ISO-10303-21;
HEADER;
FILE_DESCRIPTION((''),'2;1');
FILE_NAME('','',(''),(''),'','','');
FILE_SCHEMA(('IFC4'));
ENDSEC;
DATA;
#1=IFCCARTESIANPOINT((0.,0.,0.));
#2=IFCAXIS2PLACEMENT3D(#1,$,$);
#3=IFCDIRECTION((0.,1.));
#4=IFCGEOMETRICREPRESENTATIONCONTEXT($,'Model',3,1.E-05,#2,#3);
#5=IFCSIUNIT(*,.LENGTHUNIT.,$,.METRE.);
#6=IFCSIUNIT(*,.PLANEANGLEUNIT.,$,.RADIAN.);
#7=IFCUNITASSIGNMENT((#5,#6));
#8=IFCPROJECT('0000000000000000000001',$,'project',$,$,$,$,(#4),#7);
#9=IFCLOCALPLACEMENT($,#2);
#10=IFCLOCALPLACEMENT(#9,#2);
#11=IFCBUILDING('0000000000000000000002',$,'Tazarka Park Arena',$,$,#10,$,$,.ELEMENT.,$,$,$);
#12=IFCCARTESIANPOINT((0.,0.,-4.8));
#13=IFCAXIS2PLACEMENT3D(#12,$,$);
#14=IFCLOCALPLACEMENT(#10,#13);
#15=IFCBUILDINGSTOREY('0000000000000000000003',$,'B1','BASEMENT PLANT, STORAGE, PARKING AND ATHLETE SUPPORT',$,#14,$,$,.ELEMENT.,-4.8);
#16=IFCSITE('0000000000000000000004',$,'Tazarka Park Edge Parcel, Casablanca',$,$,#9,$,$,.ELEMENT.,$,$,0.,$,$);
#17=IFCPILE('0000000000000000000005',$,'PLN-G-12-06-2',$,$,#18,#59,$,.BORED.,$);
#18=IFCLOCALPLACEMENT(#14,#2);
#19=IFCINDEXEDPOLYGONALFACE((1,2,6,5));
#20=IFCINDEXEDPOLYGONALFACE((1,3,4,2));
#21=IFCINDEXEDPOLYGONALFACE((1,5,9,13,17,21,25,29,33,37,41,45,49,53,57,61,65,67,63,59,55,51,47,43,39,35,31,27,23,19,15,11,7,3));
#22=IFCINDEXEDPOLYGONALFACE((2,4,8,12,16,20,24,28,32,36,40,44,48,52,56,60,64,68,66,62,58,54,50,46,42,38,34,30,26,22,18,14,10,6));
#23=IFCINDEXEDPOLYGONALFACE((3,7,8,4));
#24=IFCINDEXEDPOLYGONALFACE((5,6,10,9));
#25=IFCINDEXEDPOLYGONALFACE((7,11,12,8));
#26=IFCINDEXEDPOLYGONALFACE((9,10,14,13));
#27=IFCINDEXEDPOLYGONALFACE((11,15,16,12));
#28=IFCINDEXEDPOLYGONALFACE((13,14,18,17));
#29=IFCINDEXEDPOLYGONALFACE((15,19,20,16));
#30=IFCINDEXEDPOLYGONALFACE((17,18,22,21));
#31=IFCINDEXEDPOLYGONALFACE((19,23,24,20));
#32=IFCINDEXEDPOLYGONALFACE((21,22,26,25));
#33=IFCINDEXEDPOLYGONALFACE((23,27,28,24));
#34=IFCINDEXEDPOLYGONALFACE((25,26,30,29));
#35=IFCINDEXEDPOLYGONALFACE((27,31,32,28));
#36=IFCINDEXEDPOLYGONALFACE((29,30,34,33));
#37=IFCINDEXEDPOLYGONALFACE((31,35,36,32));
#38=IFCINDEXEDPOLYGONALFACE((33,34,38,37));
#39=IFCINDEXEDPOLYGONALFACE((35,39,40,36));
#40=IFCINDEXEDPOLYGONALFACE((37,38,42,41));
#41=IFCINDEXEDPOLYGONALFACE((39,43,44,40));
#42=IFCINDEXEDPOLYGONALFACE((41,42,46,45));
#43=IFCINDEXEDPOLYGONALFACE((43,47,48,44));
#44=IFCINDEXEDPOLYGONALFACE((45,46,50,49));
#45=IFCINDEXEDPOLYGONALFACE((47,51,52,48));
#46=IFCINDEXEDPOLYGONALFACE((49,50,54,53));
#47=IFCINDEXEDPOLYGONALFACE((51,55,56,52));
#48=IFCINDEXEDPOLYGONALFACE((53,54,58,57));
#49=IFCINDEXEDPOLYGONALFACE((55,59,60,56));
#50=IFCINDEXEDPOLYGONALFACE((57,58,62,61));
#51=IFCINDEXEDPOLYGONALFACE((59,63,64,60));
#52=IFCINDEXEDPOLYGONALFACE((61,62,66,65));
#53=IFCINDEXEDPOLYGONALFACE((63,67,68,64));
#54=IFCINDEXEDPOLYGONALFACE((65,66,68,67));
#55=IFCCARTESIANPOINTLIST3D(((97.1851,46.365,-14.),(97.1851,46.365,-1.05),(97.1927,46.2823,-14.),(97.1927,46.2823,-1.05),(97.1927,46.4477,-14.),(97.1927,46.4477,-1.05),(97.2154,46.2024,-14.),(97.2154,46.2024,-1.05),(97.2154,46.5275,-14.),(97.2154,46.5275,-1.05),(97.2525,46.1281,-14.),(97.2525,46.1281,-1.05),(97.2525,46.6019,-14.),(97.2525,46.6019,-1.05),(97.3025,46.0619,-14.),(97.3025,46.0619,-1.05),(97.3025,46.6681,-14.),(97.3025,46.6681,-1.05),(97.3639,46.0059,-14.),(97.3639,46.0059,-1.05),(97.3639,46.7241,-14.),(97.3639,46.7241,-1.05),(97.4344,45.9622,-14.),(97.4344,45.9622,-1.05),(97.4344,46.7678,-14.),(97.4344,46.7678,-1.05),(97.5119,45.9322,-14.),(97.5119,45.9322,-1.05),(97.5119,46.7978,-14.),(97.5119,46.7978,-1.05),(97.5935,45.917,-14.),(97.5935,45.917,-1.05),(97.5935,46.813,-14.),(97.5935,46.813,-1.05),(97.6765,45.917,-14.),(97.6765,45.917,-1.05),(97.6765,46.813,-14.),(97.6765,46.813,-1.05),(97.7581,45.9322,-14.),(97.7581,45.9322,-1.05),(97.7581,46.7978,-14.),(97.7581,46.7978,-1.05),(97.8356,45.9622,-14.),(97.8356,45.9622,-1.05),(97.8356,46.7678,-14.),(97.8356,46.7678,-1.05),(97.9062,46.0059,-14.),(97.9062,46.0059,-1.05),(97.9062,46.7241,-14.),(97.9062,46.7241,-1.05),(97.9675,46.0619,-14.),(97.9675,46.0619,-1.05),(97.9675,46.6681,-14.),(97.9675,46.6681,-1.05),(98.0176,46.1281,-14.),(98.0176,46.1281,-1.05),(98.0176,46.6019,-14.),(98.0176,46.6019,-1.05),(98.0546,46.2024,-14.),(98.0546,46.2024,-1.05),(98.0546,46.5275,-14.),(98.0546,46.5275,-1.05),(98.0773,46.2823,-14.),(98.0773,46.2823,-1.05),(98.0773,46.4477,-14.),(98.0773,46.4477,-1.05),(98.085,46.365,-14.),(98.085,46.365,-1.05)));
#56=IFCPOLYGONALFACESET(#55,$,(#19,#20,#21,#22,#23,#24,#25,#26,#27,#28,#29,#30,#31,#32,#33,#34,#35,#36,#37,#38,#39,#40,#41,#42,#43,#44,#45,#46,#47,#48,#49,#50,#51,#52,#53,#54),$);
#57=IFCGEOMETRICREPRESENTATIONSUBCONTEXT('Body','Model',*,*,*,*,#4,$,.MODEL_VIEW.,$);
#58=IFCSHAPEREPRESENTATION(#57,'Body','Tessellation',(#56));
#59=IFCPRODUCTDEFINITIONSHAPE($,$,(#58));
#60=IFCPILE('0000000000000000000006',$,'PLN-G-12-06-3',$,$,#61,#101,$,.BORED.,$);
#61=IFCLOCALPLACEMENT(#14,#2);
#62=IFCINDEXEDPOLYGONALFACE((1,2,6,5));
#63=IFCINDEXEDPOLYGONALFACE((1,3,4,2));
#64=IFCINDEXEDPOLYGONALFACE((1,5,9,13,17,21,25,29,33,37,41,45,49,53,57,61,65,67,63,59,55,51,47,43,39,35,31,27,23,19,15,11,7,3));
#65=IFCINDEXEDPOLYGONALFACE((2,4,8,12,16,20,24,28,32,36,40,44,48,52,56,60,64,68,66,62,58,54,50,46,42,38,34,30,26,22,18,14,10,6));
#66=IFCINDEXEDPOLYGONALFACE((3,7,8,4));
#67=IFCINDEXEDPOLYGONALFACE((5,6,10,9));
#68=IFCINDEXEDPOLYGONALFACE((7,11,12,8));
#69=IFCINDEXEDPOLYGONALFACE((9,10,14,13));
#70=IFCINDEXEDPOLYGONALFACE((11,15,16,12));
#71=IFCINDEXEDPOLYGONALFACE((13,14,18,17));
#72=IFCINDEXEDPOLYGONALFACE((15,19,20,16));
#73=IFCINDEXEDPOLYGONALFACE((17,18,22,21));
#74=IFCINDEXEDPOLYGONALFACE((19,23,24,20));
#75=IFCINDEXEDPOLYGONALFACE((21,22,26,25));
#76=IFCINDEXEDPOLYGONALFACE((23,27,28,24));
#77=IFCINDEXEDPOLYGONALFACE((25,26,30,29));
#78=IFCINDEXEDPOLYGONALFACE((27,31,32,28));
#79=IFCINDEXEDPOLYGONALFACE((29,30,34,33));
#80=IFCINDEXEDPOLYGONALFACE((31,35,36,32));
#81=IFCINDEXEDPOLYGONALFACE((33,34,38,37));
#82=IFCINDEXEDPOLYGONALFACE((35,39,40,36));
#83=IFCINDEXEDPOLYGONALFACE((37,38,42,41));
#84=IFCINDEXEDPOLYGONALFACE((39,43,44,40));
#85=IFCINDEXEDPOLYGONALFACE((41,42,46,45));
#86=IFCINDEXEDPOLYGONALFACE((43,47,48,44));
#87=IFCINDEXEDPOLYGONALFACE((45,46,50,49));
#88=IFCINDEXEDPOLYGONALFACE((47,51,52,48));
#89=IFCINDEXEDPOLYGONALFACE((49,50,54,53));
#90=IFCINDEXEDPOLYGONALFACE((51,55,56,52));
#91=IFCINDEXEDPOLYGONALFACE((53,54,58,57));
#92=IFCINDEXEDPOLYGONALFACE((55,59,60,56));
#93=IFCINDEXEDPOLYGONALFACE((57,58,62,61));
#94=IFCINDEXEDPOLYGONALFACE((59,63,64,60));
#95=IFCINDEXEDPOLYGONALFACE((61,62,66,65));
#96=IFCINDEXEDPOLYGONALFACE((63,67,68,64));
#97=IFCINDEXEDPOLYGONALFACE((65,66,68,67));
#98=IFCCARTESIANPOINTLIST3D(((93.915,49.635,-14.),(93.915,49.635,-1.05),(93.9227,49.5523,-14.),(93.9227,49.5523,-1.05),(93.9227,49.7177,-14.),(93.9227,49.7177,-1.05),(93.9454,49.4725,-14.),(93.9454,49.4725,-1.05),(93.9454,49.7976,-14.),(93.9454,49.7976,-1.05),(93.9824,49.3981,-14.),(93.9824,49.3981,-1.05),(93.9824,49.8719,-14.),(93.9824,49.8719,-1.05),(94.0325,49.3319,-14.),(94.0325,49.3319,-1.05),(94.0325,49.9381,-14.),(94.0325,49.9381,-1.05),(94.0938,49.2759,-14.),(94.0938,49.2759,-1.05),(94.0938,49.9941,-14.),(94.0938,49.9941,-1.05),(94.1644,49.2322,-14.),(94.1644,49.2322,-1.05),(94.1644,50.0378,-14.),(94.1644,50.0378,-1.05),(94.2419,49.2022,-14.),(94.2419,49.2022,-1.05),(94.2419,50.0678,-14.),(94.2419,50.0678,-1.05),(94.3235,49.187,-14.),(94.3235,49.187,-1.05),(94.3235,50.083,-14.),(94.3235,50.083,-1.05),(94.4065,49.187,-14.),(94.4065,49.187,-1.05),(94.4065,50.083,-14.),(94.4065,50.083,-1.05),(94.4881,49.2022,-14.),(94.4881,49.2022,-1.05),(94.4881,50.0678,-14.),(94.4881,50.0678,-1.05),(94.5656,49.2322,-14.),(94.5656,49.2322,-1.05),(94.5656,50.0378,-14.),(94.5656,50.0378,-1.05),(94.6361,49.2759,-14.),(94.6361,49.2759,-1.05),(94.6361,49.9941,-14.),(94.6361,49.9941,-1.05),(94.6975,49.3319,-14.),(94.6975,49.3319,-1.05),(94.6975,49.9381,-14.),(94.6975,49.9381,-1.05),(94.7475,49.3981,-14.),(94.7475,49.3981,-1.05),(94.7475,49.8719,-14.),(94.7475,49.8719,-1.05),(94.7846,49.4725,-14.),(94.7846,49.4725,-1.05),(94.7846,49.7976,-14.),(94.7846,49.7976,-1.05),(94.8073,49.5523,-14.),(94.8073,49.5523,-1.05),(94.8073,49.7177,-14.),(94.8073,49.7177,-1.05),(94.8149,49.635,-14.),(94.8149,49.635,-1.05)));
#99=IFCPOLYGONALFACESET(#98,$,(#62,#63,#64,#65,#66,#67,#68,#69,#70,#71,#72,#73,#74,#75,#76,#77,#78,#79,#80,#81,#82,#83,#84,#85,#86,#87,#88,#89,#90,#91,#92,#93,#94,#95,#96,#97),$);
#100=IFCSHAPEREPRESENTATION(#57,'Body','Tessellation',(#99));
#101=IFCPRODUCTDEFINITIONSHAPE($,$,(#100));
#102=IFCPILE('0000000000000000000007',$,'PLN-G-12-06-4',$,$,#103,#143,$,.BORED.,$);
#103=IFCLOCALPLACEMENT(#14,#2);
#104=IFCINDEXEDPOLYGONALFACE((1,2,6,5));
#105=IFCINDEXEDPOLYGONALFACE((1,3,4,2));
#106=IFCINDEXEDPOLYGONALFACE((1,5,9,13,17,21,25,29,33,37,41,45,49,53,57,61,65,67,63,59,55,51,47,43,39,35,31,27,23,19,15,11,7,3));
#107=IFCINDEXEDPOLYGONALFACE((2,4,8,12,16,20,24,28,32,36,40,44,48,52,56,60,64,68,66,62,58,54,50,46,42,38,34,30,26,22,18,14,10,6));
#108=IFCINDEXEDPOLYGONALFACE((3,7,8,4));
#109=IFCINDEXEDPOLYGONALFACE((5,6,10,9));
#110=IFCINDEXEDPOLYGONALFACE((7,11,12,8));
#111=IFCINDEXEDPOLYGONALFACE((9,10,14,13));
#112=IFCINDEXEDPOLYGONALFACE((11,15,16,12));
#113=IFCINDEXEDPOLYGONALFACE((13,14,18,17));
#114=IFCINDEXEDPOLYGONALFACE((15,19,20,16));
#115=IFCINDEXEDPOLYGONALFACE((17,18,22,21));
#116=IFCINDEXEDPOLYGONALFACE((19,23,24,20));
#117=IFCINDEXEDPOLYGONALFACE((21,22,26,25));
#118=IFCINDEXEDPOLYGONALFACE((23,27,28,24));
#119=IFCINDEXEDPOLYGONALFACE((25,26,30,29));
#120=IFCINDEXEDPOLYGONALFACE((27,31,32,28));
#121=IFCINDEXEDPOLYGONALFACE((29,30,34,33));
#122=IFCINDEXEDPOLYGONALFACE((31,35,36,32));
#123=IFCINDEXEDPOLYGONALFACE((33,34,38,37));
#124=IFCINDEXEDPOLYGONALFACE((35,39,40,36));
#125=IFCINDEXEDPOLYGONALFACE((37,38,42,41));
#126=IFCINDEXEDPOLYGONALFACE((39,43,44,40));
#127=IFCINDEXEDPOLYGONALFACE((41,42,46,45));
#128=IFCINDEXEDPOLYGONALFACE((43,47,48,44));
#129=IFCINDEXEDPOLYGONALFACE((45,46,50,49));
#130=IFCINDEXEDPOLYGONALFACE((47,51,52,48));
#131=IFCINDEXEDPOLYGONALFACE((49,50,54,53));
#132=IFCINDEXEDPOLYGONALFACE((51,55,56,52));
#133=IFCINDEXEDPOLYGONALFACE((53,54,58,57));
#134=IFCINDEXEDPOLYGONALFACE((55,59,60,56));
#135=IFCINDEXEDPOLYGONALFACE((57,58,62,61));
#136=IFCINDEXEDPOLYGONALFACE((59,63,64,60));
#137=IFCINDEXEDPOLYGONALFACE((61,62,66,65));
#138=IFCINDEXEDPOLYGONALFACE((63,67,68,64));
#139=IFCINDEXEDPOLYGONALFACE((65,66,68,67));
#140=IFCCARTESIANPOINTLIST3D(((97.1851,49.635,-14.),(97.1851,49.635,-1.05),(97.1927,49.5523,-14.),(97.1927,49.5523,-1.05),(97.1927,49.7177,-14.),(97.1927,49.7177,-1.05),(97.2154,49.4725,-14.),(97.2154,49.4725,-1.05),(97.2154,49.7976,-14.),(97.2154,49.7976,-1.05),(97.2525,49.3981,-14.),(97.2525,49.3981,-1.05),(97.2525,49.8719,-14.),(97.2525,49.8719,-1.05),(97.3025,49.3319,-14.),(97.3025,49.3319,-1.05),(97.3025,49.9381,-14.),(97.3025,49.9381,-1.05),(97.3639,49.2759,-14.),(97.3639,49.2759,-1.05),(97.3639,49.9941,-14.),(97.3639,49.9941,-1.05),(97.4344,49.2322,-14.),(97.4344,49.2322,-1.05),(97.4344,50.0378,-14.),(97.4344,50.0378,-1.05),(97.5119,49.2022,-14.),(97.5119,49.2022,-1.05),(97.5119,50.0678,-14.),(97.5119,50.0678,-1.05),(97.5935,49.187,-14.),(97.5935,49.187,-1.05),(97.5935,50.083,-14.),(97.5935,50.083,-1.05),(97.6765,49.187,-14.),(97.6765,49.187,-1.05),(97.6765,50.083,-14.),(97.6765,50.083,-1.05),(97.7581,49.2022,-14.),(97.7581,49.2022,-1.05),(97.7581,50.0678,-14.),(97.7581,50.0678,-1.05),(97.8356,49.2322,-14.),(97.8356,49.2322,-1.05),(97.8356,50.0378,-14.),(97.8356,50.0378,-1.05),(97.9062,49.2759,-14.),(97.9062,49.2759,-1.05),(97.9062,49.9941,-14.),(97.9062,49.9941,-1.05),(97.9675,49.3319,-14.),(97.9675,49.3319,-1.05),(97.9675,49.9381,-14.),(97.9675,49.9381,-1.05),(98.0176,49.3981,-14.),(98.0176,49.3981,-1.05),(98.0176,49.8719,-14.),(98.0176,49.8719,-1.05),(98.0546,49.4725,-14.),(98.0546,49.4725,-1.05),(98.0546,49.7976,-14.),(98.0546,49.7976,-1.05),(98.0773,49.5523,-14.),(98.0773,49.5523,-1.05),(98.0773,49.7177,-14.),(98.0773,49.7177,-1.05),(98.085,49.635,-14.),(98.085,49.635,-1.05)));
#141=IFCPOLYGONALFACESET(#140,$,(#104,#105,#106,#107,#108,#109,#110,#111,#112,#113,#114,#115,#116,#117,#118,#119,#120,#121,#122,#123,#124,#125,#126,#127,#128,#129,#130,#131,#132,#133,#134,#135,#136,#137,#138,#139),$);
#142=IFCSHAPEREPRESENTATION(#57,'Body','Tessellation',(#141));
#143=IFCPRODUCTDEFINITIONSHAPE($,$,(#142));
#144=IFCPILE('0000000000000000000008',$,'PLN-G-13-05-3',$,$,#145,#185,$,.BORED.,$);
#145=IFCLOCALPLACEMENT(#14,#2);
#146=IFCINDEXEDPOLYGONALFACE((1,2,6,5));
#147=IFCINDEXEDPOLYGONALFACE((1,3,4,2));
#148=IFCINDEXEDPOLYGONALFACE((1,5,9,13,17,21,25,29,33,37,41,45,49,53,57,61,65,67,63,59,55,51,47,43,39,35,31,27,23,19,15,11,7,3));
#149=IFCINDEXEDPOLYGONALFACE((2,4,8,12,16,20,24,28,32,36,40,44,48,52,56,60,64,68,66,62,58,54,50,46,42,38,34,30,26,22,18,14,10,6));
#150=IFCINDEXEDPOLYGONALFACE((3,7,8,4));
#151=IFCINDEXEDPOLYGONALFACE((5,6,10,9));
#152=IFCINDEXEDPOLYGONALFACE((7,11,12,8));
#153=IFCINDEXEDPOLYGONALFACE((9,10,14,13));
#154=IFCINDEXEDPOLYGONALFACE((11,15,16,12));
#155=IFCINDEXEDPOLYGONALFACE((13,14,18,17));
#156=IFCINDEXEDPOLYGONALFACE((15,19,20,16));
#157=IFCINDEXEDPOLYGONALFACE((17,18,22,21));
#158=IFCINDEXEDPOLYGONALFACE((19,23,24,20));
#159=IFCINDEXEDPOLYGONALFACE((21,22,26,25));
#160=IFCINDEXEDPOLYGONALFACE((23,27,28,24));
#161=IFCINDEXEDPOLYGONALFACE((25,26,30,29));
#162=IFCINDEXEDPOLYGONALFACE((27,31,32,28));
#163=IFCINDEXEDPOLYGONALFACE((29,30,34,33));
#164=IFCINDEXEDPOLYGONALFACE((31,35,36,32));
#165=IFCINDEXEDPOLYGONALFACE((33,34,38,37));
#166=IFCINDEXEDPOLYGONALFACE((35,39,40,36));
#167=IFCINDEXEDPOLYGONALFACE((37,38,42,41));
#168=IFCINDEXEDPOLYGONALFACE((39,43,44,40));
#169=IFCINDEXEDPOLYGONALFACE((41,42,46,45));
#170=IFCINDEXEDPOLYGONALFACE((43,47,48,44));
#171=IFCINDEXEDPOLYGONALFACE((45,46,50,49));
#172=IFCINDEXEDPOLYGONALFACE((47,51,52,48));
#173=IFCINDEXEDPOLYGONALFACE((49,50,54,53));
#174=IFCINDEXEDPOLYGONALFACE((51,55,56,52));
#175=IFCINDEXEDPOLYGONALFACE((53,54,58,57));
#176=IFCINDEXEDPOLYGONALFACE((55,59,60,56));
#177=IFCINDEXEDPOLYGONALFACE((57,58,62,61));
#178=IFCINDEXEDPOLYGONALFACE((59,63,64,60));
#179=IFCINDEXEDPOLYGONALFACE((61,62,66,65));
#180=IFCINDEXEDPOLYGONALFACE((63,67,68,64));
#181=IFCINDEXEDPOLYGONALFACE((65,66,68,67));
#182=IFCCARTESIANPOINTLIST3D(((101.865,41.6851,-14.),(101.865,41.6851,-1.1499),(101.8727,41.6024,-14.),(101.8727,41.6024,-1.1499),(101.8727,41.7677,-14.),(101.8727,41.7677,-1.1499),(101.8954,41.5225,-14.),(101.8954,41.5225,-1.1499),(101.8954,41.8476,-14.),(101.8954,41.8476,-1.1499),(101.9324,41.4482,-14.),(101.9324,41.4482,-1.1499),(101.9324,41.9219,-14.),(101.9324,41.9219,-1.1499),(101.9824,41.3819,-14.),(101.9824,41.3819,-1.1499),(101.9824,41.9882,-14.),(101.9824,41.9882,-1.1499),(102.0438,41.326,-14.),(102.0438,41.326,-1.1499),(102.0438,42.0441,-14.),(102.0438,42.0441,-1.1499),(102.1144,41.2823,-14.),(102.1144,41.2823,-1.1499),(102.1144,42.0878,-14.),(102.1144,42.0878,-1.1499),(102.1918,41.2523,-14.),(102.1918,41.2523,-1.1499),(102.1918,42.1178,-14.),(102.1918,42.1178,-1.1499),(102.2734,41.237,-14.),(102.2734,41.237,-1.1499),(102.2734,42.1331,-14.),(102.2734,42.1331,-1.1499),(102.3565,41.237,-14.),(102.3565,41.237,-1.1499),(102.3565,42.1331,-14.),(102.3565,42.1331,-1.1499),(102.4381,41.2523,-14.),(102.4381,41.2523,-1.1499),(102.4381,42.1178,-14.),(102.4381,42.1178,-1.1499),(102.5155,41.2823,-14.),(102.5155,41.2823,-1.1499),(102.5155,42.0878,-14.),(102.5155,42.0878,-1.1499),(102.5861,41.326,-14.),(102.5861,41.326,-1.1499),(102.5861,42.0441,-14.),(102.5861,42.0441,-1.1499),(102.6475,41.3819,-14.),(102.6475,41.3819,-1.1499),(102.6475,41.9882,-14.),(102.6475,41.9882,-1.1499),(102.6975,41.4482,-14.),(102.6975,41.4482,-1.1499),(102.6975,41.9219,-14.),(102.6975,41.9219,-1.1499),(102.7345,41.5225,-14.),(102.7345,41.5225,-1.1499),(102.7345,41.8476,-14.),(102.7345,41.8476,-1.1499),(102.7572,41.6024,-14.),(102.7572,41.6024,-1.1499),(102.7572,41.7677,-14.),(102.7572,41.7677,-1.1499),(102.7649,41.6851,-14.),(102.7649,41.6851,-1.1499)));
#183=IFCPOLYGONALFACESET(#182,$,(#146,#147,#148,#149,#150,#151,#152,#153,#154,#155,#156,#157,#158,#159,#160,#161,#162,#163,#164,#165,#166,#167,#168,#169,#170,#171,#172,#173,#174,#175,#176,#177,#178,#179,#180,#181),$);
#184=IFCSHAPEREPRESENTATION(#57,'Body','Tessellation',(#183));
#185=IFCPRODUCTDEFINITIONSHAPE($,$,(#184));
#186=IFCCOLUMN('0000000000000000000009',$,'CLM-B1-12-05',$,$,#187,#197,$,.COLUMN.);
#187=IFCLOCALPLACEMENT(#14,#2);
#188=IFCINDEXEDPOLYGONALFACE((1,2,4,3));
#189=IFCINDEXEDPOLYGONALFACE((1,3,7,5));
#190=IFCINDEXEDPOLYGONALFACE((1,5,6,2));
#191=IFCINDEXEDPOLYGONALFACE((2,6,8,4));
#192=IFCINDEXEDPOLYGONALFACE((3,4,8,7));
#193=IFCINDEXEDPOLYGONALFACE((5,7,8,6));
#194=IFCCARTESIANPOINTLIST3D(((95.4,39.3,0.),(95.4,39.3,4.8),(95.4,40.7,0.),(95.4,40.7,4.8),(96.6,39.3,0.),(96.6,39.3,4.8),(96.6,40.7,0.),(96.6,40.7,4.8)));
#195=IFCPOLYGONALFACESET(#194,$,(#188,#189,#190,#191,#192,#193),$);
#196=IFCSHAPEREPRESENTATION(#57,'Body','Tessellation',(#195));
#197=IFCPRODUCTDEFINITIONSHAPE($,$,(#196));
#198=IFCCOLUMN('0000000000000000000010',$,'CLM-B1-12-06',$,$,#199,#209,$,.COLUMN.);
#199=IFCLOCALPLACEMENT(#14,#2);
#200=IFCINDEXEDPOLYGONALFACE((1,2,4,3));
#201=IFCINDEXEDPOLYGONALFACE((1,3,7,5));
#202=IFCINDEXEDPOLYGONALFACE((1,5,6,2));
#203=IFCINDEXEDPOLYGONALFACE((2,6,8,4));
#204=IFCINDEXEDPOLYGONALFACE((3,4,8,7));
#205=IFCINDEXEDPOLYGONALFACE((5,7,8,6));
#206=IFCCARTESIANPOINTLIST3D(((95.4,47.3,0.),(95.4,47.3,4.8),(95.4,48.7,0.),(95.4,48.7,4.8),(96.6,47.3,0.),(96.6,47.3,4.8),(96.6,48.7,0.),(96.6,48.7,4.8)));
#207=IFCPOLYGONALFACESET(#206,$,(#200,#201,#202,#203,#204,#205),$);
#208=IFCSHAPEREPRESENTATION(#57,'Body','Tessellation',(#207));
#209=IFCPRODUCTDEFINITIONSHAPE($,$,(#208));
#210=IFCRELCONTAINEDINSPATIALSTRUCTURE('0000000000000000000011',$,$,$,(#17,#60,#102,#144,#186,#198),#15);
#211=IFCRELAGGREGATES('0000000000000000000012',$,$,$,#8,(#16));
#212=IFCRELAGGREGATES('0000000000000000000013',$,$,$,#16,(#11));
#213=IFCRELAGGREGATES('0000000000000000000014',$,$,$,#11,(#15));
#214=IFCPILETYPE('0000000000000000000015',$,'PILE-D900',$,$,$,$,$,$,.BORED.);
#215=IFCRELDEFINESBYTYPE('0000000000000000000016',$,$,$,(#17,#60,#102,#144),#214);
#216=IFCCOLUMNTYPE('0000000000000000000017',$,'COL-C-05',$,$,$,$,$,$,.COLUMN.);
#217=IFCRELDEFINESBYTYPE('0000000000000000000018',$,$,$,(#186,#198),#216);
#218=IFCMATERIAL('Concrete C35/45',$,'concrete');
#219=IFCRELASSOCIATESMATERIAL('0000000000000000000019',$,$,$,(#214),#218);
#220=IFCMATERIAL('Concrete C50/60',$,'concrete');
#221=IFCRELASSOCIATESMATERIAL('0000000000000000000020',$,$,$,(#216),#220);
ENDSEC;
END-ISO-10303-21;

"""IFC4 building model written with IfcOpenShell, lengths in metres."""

from ifc_helpers import new_model, si_unit, direction, frame, origin, origin_2d, place, context, subcontext, project, spatial, rectangle, circle, extrude, material, material_profile, profile_set, type_object, element, save


model = new_model("IFC4")

# Units and contexts
model_context = context("Model", 3, precision=1e-05, world=origin(), true_north=direction((0.0, 1.0)))
body_context = subcontext(model_context, "Body", "Model", "MODEL_VIEW")
ifc_project = project(units=[si_unit("LENGTHUNIT", "METRE"), si_unit("PLANEANGLEUNIT", "RADIAN")], contexts=[model_context])

# Site, building, storey
site_placement = place(None, origin())
site = spatial("IfcSite", under=ifc_project, at=site_placement, Name="Tazarka Park Edge Parcel, Casablanca", CompositionType="ELEMENT", RefElevation=0.0)
building_placement = place(site_placement, origin())
building = spatial("IfcBuilding", under=site, at=building_placement, Name="Tazarka Park Arena", CompositionType="ELEMENT")
storey_placement = place(building_placement, frame((0.0, 0.0, -4.8)))
storey = spatial("IfcBuildingStorey", under=building, at=storey_placement, Name="B1", Description="BASEMENT PLANT, STORAGE, PARKING AND ATHLETE SUPPORT", CompositionType="ELEMENT", Elevation=-4.8)

# Piles
ifc_material_1 = material(Name="Concrete C35/45", Category="concrete")
ifc_material_profile_1 = material_profile(ifc_material_1, circle(Radius=0.45, at=origin_2d()), Name="Concrete C35/45")
ifc_profile_set_1 = profile_set([ifc_material_profile_1], Name="Concrete C35/45")
pile_type_1 = type_object("IfcPileType", Name="PILE-D900", PredefinedType="BORED", material=ifc_profile_set_1)
for number, where, z_axis, x_axis, name in (
    (1, (97.635, 46.365, -1.05), (0.0, 0.0, -1.0), (1.0, 0.0, 0.0), "PLN-G-12-06-2"),
    (2, (94.365, 49.635, -1.05), (0.0, 0.0, -1.0), (1.0, 0.0, 0.0), "PLN-G-12-06-3"),
    (3, (97.635, 49.635, -1.05), (0.0, 0.0, -1.0), (1.0, 0.0, 0.0), "PLN-G-12-06-4"),
):
    element("IfcPile", number, at=place(storey_placement, frame(where, z_axis=z_axis, x_axis=x_axis)), inside=storey, type_object=pile_type_1, Name=name, PredefinedType="BORED", context=body_context, shape_type="SweptSolid", body=[
        extrude(circle(Radius=0.45, at=origin_2d()), origin(), (0.0, 0.0, 1.0), 12.95),
    ])
pile_placement = place(storey_placement, frame((102.3149, 41.6851, -1.1499), z_axis=(0.0, 0.0, -1.0), x_axis=(1.0, 0.0, 0.0)))
element("IfcPile", 4, at=pile_placement, inside=storey, type_object=pile_type_1, Name="PLN-G-13-05-3", PredefinedType="BORED", context=body_context, shape_type="SweptSolid", body=[
    extrude(circle(Radius=0.45, at=origin_2d()), origin(), (0.0, 0.0, 1.0), 12.8501),
])

# Columns
ifc_material_2 = material(Name="Concrete C50/60", Category="concrete")
ifc_material_profile_2 = material_profile(ifc_material_2, rectangle(XDim=1.2, YDim=1.3999, at=origin_2d()), Name="Concrete C50/60")
ifc_profile_set_2 = profile_set([ifc_material_profile_2], Name="Concrete C50/60")
column_type = type_object("IfcColumnType", Name="COL-C-05", PredefinedType="COLUMN", material=ifc_profile_set_2)
for number, where, z_axis, x_axis, name in (
    (5, (96.0, 40.0, 0.0), (0.0, 0.0, 1.0), (1.0, 0.0, 0.0), "CLM-B1-12-05"),
    (6, (96.0, 48.0, 0.0), (0.0, 0.0, 1.0), (1.0, 0.0, 0.0), "CLM-B1-12-06"),
):
    element("IfcColumn", number, at=place(storey_placement, frame(where, z_axis=z_axis, x_axis=x_axis)), inside=storey, type_object=column_type, Name=name, PredefinedType="COLUMN", context=body_context, shape_type="SweptSolid", body=[
        extrude(rectangle(XDim=1.2, YDim=1.3999, at=origin_2d()), origin(), (0.0, 0.0, 1.0), 4.8),
    ])

save(model, "model.ifc")
